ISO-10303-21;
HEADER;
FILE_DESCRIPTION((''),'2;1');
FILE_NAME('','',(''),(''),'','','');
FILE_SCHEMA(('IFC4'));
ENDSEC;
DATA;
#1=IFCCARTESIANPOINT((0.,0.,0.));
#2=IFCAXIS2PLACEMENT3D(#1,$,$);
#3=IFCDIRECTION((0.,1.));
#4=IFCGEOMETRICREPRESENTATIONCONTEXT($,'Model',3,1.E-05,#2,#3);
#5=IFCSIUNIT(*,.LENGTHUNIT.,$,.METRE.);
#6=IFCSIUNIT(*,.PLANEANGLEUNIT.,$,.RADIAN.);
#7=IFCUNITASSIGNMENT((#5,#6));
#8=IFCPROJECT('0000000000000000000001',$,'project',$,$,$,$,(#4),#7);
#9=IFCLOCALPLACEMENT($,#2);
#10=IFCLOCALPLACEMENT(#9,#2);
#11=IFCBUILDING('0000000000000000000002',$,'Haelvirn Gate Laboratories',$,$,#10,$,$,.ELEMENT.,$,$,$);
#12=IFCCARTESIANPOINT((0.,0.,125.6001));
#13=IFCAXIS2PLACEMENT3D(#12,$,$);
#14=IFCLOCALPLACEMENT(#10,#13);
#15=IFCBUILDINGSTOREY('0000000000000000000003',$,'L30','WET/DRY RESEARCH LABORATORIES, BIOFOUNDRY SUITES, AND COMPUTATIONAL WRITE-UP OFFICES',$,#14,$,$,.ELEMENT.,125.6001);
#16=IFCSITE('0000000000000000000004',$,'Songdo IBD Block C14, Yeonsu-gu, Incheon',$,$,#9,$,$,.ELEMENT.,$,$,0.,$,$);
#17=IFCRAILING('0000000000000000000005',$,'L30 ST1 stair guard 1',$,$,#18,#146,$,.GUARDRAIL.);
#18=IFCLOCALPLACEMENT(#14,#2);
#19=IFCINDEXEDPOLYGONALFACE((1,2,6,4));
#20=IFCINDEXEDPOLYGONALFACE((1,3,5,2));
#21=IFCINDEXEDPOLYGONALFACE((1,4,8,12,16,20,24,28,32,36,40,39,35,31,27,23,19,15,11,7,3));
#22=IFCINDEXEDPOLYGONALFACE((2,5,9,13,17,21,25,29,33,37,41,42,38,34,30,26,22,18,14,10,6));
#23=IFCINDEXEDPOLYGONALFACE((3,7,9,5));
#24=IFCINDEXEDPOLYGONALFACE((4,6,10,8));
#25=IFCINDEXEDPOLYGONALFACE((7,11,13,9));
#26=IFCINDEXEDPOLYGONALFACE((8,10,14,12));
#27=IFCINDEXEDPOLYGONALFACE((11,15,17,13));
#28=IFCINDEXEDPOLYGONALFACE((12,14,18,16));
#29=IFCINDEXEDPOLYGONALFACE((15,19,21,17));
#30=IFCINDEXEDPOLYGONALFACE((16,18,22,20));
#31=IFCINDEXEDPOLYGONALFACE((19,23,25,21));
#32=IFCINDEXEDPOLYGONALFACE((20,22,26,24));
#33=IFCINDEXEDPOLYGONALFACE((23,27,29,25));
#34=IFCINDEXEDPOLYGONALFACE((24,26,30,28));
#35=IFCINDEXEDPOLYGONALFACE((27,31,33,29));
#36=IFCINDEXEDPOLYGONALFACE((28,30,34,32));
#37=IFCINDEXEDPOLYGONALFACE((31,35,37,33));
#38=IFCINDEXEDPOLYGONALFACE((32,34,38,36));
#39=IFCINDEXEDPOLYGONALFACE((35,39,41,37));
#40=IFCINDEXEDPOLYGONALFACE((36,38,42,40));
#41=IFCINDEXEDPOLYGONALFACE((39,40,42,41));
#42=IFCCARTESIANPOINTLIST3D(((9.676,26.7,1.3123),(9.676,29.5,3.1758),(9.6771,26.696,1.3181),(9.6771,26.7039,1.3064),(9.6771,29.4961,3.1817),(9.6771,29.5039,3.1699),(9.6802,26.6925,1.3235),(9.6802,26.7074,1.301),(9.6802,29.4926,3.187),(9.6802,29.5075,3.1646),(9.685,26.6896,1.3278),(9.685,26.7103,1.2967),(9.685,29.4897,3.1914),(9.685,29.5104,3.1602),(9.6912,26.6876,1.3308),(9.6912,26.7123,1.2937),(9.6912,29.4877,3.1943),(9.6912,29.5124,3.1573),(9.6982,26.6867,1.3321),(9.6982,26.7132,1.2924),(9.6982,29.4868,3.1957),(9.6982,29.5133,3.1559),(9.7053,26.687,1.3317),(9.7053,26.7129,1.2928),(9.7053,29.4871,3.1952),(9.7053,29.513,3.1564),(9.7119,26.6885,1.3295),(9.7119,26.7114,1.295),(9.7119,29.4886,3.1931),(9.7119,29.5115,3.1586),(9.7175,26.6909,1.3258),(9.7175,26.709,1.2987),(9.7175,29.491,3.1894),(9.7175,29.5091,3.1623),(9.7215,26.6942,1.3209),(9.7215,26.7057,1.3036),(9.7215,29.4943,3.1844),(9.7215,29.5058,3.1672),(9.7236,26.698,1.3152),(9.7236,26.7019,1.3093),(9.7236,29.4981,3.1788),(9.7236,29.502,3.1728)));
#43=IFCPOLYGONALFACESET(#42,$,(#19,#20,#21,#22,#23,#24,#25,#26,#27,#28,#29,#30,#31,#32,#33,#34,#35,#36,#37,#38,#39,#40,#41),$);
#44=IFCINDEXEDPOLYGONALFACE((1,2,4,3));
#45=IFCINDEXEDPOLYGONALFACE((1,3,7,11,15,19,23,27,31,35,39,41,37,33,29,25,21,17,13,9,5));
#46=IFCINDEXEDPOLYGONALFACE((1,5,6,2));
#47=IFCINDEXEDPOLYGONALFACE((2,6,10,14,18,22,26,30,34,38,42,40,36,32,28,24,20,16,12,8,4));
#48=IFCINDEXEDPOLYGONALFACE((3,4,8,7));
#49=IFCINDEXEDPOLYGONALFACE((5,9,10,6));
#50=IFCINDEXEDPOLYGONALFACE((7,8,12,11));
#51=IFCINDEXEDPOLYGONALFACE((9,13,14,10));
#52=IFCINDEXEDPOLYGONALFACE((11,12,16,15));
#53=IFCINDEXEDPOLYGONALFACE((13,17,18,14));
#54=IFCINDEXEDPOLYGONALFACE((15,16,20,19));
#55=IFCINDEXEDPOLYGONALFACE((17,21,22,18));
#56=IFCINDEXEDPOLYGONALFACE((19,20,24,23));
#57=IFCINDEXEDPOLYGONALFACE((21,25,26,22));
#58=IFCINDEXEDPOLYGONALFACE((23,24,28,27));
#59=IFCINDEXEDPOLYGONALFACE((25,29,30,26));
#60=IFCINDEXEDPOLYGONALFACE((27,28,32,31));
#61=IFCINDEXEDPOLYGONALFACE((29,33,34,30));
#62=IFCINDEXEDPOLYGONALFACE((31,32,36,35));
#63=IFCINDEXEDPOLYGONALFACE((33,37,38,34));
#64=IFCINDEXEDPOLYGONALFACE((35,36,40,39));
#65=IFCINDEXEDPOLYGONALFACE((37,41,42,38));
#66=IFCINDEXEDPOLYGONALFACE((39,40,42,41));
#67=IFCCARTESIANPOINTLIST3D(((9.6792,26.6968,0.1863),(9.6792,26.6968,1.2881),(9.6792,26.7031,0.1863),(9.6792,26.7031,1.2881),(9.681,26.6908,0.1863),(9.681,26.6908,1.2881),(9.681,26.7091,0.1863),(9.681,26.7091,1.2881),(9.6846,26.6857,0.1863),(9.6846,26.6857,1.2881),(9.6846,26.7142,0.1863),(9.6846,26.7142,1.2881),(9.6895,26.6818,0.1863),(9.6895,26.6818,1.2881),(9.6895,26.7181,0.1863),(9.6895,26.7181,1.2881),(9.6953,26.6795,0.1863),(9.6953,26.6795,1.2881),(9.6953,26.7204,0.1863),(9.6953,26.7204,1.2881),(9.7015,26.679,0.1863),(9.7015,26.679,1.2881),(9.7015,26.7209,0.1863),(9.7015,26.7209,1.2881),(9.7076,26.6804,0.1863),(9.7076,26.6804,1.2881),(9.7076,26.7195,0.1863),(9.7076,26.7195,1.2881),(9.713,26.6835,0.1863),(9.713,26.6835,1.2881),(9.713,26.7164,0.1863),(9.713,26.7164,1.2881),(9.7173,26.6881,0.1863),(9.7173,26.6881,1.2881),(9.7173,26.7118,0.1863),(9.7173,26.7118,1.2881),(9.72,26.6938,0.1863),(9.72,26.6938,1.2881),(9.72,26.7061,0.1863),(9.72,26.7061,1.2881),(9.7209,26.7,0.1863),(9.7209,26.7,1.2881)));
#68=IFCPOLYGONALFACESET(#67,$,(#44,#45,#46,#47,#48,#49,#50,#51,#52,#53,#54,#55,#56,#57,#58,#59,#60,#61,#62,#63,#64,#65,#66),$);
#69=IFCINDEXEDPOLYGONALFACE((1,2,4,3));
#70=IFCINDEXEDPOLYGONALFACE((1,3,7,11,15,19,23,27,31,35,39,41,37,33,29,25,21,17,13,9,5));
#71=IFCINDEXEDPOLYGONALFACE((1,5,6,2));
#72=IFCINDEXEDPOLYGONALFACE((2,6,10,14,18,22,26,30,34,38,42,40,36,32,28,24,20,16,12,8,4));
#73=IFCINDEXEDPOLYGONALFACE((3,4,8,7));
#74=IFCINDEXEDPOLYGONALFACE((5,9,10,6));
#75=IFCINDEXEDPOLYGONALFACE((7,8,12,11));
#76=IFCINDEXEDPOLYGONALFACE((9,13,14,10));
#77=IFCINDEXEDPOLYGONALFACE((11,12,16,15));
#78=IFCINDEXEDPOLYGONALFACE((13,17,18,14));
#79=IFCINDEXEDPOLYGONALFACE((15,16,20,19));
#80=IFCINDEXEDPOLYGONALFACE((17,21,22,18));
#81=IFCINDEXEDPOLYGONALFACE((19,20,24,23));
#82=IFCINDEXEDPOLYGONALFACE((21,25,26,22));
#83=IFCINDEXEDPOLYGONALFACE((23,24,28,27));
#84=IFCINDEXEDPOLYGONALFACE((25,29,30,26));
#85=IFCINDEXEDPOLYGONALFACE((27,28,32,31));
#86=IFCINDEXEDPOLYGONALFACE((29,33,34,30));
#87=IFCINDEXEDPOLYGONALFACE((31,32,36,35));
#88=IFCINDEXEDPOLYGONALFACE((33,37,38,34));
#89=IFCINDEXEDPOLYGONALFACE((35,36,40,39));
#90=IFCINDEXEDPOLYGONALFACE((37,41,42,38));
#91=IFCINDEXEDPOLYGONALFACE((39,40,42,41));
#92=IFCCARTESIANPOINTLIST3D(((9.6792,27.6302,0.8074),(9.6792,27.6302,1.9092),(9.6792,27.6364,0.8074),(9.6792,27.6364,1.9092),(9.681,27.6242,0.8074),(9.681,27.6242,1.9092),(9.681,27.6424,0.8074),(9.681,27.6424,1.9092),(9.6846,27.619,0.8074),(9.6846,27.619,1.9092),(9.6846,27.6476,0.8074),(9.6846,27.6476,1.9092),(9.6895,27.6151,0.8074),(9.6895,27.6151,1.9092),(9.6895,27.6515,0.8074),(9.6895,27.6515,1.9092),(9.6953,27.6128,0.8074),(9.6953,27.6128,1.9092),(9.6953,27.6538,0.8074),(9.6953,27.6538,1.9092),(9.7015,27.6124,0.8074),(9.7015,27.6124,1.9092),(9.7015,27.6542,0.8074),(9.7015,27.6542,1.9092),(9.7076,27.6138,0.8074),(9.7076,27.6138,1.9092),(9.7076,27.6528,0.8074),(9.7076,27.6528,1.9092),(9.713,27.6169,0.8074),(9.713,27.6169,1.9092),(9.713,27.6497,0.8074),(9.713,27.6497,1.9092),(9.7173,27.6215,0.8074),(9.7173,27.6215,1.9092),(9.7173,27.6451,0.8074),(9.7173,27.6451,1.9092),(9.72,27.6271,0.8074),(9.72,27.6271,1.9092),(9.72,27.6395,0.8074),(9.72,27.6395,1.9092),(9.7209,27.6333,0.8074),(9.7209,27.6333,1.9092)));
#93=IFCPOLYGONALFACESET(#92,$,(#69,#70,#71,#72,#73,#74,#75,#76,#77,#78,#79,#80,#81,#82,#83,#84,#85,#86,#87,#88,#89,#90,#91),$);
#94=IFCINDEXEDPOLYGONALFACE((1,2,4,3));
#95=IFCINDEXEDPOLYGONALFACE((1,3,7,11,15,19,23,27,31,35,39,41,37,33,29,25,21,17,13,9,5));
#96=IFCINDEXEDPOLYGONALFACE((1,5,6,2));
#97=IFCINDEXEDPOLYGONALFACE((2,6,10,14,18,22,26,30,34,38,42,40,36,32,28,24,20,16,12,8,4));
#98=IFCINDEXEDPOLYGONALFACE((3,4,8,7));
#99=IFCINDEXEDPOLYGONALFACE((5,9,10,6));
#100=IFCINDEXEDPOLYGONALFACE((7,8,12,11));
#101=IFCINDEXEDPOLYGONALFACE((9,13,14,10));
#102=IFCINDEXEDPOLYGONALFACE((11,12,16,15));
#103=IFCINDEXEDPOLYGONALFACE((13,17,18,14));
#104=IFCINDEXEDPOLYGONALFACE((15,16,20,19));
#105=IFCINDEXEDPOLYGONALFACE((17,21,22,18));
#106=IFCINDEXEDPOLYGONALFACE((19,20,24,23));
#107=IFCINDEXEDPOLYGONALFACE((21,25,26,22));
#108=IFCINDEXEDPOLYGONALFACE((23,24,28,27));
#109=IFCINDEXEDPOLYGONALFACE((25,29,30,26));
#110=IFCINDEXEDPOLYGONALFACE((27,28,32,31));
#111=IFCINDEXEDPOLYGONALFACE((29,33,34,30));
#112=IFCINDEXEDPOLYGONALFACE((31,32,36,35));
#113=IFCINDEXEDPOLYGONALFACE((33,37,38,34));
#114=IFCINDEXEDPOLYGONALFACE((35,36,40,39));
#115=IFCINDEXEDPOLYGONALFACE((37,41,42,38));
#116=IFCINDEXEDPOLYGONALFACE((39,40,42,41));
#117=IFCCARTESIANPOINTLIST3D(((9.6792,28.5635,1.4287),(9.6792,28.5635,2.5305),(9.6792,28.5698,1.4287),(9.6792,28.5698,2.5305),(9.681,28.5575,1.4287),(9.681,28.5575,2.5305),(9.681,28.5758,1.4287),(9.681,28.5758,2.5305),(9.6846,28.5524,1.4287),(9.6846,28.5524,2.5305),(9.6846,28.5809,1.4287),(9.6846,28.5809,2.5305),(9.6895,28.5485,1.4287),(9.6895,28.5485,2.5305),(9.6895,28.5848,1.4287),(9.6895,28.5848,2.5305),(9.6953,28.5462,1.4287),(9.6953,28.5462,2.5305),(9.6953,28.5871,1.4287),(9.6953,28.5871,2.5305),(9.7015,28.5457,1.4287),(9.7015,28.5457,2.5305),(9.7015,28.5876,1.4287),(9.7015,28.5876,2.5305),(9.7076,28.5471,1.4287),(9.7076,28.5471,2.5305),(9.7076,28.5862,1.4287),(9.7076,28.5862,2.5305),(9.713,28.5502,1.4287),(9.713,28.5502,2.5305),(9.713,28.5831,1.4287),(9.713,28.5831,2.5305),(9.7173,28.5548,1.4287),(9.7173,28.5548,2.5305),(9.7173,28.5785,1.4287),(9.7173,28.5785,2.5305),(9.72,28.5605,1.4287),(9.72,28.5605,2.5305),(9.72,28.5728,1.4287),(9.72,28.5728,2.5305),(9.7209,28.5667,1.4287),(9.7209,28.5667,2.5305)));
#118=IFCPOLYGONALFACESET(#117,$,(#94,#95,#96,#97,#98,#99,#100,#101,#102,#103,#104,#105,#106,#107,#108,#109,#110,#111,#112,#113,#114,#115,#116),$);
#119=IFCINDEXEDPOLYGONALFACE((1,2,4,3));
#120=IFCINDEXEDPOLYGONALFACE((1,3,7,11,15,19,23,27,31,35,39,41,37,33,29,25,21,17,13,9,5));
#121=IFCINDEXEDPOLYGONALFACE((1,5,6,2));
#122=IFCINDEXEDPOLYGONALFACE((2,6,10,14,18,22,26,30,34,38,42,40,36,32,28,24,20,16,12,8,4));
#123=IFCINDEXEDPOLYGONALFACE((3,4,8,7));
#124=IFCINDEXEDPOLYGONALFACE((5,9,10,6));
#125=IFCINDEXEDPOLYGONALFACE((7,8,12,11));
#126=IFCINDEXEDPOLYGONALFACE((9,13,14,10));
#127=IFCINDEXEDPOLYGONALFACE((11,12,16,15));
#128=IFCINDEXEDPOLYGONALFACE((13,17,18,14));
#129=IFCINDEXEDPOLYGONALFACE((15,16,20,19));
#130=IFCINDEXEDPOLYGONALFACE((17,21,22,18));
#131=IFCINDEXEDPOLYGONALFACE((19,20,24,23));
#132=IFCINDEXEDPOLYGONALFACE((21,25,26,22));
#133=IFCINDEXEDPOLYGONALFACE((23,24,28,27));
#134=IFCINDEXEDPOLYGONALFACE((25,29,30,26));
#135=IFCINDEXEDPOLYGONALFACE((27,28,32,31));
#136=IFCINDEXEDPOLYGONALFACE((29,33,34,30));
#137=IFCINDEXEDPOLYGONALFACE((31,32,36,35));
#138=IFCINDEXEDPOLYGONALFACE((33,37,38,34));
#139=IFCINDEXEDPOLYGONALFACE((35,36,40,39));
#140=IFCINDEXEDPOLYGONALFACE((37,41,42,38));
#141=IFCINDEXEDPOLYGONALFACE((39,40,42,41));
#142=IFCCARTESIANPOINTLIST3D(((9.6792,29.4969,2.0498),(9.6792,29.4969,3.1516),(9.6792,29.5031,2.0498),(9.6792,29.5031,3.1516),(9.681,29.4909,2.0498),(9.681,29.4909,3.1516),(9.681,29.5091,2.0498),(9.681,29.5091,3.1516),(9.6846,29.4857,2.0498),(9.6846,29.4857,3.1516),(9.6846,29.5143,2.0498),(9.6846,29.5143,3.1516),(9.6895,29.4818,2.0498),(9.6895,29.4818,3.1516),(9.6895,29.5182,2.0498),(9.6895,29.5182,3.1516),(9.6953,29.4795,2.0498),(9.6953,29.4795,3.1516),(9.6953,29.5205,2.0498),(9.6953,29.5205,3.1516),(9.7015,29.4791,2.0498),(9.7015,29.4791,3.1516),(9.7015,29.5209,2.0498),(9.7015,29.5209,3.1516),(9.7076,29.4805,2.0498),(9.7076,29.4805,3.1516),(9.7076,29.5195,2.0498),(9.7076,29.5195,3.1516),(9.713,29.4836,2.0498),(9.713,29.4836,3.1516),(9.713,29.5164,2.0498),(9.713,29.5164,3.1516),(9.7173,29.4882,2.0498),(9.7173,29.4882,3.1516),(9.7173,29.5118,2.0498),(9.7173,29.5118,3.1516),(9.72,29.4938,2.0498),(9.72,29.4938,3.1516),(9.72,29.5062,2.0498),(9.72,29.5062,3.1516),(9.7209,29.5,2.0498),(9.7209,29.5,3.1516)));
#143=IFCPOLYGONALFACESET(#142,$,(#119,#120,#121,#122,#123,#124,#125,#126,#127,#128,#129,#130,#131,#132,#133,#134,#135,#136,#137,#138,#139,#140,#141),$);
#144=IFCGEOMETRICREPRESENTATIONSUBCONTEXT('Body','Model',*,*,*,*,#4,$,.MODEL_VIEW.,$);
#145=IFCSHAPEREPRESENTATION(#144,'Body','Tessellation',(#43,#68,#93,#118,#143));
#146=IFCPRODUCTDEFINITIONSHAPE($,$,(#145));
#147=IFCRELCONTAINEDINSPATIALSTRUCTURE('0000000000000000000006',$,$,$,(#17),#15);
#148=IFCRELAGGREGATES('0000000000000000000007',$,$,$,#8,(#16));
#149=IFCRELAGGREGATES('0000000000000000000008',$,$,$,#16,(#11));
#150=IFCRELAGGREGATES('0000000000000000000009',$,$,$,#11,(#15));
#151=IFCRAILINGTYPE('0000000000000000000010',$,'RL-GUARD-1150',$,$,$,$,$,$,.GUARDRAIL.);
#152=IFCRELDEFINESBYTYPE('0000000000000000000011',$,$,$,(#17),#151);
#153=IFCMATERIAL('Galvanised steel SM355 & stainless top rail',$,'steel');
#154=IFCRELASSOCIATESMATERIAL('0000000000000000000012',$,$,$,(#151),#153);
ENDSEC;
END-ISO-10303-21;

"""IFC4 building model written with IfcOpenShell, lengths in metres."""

from ifc_helpers import new_model, si_unit, direction, frame, origin, origin_2d, place, context, subcontext, project, spatial, circle, extrude, source, transform, mapped, material, type_object, element, save


model = new_model("IFC4")

# Units and contexts
model_context = context("Model", 3, precision=1e-05, world=origin(), true_north=direction((0.0, 1.0)))
body_context = subcontext(model_context, "Body", "Model", "MODEL_VIEW")
ifc_project = project(units=[si_unit("LENGTHUNIT", "METRE"), si_unit("PLANEANGLEUNIT", "RADIAN")], contexts=[model_context])

# Site, building, storey
site_placement = place(None, origin())
site = spatial("IfcSite", under=ifc_project, at=site_placement, Name="Songdo IBD Block C14, Yeonsu-gu, Incheon", CompositionType="ELEMENT", RefElevation=0.0)
building_placement = place(site_placement, origin())
building = spatial("IfcBuilding", under=site, at=building_placement, Name="Haelvirn Gate Laboratories", CompositionType="ELEMENT")
storey_placement = place(building_placement, frame((0.0, 0.0, 125.6001)))
storey = spatial("IfcBuildingStorey", under=building, at=storey_placement, Name="L30", Description="WET/DRY RESEARCH LABORATORIES, BIOFOUNDRY SUITES, AND COMPUTATIONAL WRITE-UP OFFICES", CompositionType="ELEMENT", Elevation=125.6001)

# Railing
ifc_material_1 = material(Name="Galvanised steel SM355 & stainless top rail", Category="steel")
railing_type_1 = type_object("IfcRailingType", Name="RL-GUARD-1150", PredefinedType="GUARDRAIL", material=ifc_material_1)
shared_shape_1 = source(origin(), body_context, "Body", "SweptSolid", [
    extrude(circle(Radius=0.0239, at=origin_2d()), frame((0.0, 0.0, 1.126), z_axis=(0.0, 0.832486, 0.554047), x_axis=(-1.0, 0.0, 0.0)), (0.0, 0.0, 1.0), 3.3635),
    extrude(circle(Radius=0.021, at=origin_2d()), origin(), (0.0, 0.0, 1.0), 1.1018),
    extrude(circle(Radius=0.021, at=origin_2d()), frame((0.0, 0.9333, 0.6211)), (0.0, 0.0, 1.0), 1.1018),
    extrude(circle(Radius=0.021, at=origin_2d()), frame((0.0, 1.8667, 1.2424)), (0.0, 0.0, 1.0), 1.1018),
    extrude(circle(Radius=0.021, at=origin_2d()), frame((0.0, 2.8, 1.8635)), (0.0, 0.0, 1.0), 1.1018),
])
railing_1_placement = place(storey_placement, frame((9.7, 26.7, 0.1863)))
element("IfcRailing", 1, at=railing_1_placement, inside=storey, type_object=railing_type_1, Name="L30 ST1 stair guard 1", PredefinedType="GUARDRAIL", context=body_context, shape_type="MappedRepresentation", body=[
    mapped(shared_shape_1, transform((0.0, 0.0, 0.0), scale=1.0)),
])

save(model, "model.ifc")
